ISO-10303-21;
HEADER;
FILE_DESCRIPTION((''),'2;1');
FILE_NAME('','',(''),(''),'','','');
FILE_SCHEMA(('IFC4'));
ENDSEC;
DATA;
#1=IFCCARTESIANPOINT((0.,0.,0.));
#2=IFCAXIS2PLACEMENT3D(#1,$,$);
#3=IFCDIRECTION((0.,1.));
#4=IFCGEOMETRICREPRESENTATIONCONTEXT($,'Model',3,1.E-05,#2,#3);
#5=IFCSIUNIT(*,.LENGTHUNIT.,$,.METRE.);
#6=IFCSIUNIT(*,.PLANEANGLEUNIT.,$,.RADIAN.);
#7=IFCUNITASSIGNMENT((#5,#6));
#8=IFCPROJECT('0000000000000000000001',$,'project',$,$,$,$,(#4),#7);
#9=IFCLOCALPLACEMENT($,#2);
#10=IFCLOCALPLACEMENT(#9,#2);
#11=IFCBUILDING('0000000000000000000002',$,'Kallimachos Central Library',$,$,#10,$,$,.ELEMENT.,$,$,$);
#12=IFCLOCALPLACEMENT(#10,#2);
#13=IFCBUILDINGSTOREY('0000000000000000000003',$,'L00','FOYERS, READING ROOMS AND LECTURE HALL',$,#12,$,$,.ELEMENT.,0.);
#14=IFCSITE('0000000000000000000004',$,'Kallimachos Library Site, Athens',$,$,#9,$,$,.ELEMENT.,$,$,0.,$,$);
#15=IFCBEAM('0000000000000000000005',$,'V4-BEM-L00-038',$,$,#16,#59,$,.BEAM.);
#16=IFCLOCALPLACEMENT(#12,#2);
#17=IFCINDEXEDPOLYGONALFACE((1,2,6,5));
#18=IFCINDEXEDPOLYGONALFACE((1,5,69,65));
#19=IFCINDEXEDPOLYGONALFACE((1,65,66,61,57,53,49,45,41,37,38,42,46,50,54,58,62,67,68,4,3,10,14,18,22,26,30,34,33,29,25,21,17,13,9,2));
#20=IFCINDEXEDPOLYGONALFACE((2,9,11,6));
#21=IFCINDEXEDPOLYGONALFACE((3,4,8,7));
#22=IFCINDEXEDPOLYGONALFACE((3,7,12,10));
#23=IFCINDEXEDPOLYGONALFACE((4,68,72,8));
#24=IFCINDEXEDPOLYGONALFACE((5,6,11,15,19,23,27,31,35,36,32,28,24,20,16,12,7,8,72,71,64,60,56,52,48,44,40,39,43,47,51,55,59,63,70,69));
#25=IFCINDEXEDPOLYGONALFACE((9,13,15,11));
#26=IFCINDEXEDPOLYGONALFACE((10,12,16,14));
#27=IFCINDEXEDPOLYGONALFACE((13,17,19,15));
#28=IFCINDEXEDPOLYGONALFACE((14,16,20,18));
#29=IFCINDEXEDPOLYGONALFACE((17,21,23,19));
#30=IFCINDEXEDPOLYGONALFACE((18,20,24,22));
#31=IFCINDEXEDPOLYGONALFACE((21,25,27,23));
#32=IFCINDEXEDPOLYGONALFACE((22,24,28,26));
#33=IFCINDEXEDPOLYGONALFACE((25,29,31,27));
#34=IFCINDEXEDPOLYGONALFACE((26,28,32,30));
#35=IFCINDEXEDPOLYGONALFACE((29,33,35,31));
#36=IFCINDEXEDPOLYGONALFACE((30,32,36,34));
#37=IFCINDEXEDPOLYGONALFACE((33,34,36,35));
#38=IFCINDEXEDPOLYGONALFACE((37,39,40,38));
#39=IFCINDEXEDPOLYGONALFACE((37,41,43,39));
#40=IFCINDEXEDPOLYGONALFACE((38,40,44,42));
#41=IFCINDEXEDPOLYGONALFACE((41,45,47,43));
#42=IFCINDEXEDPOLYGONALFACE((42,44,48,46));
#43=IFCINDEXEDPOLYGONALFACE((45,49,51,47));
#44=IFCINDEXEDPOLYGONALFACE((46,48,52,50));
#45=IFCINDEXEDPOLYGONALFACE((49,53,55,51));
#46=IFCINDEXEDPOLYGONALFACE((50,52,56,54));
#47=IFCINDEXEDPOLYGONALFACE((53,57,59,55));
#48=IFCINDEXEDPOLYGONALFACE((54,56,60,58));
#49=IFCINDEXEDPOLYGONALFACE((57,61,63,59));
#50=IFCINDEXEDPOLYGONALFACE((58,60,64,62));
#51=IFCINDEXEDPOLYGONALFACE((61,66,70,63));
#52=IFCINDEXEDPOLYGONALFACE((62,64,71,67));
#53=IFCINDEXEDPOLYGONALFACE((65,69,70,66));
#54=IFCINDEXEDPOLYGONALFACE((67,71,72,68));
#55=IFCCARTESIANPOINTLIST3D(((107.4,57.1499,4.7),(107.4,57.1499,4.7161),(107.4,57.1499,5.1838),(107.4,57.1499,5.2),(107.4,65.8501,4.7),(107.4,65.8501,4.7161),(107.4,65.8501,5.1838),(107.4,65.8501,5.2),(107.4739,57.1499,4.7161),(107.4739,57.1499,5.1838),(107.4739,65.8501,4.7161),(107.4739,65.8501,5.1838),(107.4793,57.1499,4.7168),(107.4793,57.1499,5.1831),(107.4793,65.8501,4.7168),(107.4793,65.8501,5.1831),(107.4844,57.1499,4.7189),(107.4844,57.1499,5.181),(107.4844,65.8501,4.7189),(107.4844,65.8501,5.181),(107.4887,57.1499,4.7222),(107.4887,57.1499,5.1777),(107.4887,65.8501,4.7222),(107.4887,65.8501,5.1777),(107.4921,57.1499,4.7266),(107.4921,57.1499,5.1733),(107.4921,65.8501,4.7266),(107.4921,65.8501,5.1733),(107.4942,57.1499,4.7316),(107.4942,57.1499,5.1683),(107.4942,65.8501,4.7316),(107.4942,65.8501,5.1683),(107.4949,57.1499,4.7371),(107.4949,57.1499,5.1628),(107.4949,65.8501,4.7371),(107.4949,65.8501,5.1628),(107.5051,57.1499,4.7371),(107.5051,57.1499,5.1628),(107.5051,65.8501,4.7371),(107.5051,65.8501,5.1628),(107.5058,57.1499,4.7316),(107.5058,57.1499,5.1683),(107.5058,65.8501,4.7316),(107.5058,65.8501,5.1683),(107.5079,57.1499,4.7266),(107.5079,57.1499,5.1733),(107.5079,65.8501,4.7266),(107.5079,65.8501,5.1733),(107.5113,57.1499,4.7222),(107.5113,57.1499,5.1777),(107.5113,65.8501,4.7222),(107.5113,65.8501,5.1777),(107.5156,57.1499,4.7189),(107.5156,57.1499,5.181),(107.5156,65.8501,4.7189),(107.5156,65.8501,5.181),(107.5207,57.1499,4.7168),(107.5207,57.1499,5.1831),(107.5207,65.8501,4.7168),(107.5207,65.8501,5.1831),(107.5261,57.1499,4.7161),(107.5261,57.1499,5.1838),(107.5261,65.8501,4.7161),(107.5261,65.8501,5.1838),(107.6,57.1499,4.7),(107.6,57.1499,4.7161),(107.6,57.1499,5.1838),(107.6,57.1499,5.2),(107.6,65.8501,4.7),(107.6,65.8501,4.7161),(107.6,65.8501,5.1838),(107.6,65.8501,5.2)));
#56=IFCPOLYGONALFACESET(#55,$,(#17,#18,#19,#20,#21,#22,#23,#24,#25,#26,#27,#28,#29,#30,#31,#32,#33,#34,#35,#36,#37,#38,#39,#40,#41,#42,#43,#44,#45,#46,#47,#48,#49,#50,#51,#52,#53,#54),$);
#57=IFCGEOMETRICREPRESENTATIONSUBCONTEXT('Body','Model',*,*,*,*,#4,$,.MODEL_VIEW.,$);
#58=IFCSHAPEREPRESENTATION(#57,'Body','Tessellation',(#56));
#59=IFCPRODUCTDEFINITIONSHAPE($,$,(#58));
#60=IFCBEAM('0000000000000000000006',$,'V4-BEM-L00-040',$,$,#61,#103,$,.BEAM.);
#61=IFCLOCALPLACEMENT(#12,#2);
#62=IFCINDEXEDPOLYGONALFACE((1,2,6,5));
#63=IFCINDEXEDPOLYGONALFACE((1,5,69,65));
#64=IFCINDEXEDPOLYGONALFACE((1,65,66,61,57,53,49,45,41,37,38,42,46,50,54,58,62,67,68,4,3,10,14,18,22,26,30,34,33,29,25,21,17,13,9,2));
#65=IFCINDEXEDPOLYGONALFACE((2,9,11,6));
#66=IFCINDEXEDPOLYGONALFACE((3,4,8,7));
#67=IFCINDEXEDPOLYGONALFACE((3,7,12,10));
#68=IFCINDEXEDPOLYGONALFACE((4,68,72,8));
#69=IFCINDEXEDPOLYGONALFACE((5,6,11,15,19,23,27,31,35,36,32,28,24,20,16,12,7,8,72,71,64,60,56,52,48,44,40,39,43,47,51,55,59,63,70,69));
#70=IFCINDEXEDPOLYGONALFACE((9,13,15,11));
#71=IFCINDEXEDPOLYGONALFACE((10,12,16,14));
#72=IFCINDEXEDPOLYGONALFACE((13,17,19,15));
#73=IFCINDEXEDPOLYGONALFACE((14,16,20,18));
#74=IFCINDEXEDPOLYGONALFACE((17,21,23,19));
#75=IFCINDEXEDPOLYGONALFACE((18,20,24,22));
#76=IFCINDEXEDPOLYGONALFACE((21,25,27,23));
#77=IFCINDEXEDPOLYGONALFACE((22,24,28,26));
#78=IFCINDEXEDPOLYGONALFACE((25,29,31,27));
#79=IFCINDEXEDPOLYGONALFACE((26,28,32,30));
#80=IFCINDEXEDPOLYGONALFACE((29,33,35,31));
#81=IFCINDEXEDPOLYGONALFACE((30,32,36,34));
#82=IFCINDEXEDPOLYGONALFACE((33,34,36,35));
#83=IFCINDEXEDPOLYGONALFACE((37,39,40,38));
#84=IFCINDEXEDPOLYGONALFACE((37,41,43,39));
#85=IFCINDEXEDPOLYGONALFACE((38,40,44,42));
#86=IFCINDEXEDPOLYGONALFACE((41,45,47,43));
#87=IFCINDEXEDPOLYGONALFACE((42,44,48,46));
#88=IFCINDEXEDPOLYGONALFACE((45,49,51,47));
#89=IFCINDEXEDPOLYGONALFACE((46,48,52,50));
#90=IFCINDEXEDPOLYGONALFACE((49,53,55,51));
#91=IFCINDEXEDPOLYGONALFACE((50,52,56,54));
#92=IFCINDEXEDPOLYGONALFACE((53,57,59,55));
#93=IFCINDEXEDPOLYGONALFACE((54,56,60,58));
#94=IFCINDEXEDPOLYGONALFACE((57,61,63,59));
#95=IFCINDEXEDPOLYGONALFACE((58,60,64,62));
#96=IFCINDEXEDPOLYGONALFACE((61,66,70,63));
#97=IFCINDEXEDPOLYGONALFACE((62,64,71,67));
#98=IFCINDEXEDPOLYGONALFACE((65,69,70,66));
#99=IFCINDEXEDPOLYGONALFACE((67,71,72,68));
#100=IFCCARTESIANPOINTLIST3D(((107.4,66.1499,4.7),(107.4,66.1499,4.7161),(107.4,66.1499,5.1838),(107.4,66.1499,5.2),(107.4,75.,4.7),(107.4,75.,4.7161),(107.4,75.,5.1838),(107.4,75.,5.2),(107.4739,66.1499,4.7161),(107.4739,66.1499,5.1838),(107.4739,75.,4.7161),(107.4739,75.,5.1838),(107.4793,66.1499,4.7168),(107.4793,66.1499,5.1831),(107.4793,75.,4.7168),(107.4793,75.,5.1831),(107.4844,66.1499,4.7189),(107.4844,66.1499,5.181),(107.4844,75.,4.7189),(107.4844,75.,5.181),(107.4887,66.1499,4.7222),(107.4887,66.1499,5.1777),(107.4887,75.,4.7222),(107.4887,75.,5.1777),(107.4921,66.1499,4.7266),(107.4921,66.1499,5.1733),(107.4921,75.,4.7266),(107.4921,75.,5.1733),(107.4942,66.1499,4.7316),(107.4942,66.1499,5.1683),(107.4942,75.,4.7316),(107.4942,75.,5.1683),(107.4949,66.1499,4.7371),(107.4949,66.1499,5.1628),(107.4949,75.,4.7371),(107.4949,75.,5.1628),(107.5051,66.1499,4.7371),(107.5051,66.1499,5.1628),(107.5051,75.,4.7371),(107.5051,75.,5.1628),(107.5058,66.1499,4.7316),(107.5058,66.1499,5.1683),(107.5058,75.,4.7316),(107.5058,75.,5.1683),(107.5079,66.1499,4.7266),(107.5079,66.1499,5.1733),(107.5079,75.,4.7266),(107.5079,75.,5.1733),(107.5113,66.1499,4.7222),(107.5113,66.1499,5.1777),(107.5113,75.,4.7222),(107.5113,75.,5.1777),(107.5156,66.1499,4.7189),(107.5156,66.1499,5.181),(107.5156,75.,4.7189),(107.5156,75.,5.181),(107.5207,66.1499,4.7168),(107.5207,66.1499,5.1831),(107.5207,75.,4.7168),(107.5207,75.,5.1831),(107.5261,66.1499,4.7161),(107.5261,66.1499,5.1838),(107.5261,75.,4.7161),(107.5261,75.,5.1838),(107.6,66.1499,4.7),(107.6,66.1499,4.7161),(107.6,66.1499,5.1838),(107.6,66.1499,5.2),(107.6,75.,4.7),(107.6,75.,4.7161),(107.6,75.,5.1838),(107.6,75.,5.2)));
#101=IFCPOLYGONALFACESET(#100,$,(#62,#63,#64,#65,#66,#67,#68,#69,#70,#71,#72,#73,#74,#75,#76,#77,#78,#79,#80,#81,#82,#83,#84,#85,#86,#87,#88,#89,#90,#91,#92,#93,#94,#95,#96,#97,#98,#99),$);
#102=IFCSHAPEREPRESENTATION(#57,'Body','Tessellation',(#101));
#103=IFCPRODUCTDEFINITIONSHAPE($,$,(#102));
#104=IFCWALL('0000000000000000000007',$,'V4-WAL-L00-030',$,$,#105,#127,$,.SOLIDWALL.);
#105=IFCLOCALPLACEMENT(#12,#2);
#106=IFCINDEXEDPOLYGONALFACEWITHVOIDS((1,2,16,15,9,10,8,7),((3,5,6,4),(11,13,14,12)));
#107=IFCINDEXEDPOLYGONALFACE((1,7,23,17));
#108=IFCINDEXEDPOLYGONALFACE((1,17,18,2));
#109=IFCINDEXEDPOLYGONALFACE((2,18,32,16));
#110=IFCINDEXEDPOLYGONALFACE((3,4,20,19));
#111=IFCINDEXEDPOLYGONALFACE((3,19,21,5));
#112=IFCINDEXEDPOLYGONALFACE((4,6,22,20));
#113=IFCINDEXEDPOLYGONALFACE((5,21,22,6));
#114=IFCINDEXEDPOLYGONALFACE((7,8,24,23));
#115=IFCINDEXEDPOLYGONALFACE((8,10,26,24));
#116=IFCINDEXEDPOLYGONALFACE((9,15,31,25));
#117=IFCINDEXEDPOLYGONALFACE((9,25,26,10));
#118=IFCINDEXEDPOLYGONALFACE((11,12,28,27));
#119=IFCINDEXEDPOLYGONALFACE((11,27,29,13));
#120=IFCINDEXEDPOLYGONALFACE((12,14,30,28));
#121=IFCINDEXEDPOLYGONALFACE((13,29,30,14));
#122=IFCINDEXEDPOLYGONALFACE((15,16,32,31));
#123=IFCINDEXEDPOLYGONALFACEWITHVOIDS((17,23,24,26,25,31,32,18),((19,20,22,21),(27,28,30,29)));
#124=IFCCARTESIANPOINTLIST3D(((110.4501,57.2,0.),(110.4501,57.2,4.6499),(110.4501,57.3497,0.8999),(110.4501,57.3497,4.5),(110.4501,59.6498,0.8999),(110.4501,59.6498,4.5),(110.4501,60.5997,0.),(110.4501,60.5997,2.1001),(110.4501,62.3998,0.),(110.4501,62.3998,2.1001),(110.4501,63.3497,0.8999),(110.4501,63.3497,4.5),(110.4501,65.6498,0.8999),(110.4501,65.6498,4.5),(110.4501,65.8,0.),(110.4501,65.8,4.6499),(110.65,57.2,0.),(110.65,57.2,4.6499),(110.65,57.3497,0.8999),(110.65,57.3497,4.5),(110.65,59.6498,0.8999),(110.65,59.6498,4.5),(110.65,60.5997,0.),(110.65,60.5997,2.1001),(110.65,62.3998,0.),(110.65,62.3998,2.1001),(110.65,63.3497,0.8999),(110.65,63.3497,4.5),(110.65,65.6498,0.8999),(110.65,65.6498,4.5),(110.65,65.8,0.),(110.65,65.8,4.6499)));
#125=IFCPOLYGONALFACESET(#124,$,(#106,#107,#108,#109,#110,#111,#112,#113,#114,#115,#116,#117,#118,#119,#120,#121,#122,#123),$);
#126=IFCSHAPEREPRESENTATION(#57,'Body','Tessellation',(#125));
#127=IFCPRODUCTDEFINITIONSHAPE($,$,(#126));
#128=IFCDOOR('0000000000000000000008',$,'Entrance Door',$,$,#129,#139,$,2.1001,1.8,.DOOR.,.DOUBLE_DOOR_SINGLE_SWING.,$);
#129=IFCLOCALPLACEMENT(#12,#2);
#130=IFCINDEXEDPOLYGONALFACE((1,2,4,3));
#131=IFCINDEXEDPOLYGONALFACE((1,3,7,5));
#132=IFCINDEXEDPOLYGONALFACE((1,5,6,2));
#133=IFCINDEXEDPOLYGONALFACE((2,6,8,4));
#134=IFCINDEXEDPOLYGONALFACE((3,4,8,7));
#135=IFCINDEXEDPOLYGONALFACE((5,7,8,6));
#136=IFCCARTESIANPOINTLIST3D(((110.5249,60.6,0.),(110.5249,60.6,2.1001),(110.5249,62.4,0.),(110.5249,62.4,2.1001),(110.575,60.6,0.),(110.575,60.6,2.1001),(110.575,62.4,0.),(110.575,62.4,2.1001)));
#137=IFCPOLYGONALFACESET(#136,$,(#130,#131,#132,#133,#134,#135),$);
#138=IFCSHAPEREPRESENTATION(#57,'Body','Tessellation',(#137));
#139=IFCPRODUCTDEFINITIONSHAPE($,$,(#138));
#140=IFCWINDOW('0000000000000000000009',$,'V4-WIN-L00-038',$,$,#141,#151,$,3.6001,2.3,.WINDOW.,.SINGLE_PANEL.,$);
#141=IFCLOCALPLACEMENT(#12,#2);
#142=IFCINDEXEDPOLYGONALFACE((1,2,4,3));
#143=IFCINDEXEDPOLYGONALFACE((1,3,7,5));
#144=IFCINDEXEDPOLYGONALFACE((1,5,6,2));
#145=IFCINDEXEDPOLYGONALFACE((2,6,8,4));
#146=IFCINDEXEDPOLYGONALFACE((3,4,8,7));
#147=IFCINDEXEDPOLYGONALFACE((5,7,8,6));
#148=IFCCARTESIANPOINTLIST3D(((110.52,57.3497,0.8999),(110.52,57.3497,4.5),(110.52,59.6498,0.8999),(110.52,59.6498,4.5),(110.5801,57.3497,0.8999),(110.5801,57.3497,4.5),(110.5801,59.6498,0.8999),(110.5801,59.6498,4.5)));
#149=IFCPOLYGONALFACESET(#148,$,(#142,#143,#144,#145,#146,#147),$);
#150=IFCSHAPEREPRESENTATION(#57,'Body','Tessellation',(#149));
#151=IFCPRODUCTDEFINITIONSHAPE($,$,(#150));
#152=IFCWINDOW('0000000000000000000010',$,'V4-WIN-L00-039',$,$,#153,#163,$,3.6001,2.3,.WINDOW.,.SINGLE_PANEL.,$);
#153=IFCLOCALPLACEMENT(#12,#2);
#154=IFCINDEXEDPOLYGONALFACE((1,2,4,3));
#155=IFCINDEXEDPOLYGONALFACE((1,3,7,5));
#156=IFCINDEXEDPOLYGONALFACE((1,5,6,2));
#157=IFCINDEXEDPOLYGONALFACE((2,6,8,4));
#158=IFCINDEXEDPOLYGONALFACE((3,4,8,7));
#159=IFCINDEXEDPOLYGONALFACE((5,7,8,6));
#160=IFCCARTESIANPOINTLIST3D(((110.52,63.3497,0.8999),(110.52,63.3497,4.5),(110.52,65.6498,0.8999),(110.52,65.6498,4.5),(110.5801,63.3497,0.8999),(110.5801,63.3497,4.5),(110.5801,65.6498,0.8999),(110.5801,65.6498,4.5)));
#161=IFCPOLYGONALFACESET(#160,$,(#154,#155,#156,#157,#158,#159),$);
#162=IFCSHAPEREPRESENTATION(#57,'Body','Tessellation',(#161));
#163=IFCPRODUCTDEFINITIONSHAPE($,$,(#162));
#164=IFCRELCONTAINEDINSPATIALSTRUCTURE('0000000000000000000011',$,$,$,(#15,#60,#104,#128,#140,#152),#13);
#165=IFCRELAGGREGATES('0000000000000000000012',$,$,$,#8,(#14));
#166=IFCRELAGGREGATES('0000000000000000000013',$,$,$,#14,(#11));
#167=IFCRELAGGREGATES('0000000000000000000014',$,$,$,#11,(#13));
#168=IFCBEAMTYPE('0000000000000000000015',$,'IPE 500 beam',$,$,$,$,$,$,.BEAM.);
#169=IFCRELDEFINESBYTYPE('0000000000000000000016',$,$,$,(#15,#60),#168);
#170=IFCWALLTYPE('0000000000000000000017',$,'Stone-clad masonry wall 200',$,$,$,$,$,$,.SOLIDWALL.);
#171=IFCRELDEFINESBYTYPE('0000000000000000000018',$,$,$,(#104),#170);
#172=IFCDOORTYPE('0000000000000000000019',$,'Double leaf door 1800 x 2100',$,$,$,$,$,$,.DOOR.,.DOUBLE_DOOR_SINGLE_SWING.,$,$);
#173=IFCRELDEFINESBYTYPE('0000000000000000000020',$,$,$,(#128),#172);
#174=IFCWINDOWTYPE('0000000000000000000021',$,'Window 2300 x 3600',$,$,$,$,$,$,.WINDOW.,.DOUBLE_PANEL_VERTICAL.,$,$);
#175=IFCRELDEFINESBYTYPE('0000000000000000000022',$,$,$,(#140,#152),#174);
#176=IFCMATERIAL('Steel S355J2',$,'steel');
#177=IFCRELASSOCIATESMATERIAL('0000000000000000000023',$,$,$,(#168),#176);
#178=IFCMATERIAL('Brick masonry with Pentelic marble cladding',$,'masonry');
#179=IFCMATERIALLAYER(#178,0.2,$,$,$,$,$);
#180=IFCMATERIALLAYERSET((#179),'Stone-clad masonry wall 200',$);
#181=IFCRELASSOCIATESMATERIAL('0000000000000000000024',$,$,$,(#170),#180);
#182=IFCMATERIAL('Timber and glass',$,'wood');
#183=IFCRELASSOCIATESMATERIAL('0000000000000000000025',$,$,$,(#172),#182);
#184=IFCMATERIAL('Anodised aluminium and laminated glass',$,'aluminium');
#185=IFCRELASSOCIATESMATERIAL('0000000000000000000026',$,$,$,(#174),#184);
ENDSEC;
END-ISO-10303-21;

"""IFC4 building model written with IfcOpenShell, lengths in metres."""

from ifc_helpers import new_model, si_unit, direction, frame, frame_2d, origin, origin_2d, place, context, subcontext, project, spatial, rectangle, i_section, extrude, material, layer, layer_set, material_profile, profile_set, type_object, element, fill, save


model = new_model("IFC4")

# Units and contexts
model_context = context("Model", 3, precision=1e-05, world=origin(), true_north=direction((0.0, 1.0)))
body_context = subcontext(model_context, "Body", "Model", "MODEL_VIEW")
ifc_project = project(units=[si_unit("LENGTHUNIT", "METRE"), si_unit("PLANEANGLEUNIT", "RADIAN")], contexts=[model_context])

# Site, building, storey
site_placement = place(None, origin())
site = spatial("IfcSite", under=ifc_project, at=site_placement, Name="Kallimachos Library Site, Athens", CompositionType="ELEMENT", RefElevation=0.0)
building_placement = place(site_placement, origin())
building = spatial("IfcBuilding", under=site, at=building_placement, Name="Kallimachos Central Library", CompositionType="ELEMENT")
storey_placement = place(building_placement, origin())
storey = spatial("IfcBuildingStorey", under=building, at=storey_placement, Name="L00", Description="FOYERS, READING ROOMS AND LECTURE HALL", CompositionType="ELEMENT", Elevation=0.0)

# Beams
ifc_material_1 = material(Name="Steel S355J2", Category="steel")
ifc_material_profile_1 = material_profile(ifc_material_1, i_section(OverallWidth=0.2, OverallDepth=0.5, WebThickness=0.0103, FlangeThickness=0.0161, FilletRadius=0.021, at=origin_2d()), Name="IPE 500")
ifc_profile_set_1 = profile_set([ifc_material_profile_1], Name="Steel S355J2")
beam_type_1 = type_object("IfcBeamType", Name="IPE 500 beam", PredefinedType="BEAM", material=ifc_profile_set_1)
beam_1_placement = place(storey_placement, frame((107.5, 57.1499, 4.95), z_axis=(0.0, 1.0, 0.0), x_axis=(-1.0, 0.0, 0.0)))
element("IfcBeam", 1, at=beam_1_placement, inside=storey, type_object=beam_type_1, Name="V4-BEM-L00-038", PredefinedType="BEAM", context=body_context, shape_type="SweptSolid", body=[
    extrude(i_section(OverallWidth=0.2, OverallDepth=0.5, WebThickness=0.0103, FlangeThickness=0.0161, FilletRadius=0.021, at=origin_2d()), origin(), (0.0, 0.0, 1.0), 8.7002),
])
beam_2_placement = place(storey_placement, frame((107.5, 66.1499, 4.95), z_axis=(0.0, 1.0, 0.0), x_axis=(-1.0, 0.0, 0.0)))
element("IfcBeam", 2, at=beam_2_placement, inside=storey, type_object=beam_type_1, Name="V4-BEM-L00-040", PredefinedType="BEAM", context=body_context, shape_type="SweptSolid", body=[
    extrude(i_section(OverallWidth=0.2, OverallDepth=0.5, WebThickness=0.0103, FlangeThickness=0.0161, FilletRadius=0.021, at=origin_2d()), origin(), (0.0, 0.0, 1.0), 8.8501),
])

# Wall, openings, door, windows
ifc_material_2 = material(Name="Brick masonry with Pentelic marble cladding", Category="masonry")
ifc_layer_1 = layer(ifc_material_2, 0.2)
ifc_layer_set_1 = layer_set([ifc_layer_1], Name="Stone-clad masonry wall 200")
wall_type = type_object("IfcWallType", Name="Stone-clad masonry wall 200", PredefinedType="SOLIDWALL", material=ifc_layer_set_1)
wall_placement = place(storey_placement, frame((110.55, 57.2, 0.0), z_axis=(0.0, 0.0, 1.0), x_axis=(0.0, 1.0, 0.0)))
wall = element("IfcWall", 3, at=wall_placement, inside=storey, type_object=wall_type, Name="V4-WAL-L00-030", PredefinedType="SOLIDWALL", context=body_context, shape_type="SweptSolid", body=[
    extrude(rectangle(XDim=8.6001, YDim=0.2, at=frame_2d((4.3, 0.0))), origin(), (0.0, 0.0, 1.0), 4.6499),
])
opening_1_placement = place(wall_placement, frame((3.3999, 0.0, 0.0)))
opening_1 = element("IfcOpeningElement", 4, at=opening_1_placement, cuts=wall, PredefinedType="OPENING", context=body_context, shape_type="SweptSolid", body=[
    extrude(rectangle(XDim=1.8, YDim=2.1001, at=frame_2d((0.8999, 1.05))), frame((0.0, 0.1099, 0.0), z_axis=(0.0, -1.0, 0.0), x_axis=(1.0, 0.0, 0.0)), (0.0, 0.0, 1.0), 0.22),
])
opening_2_placement = place(wall_placement, frame((0.1499, 0.0, 0.8999)))
opening_2 = element("IfcOpeningElement", 5, at=opening_2_placement, cuts=wall, PredefinedType="OPENING", context=body_context, shape_type="SweptSolid", body=[
    extrude(rectangle(XDim=2.3, YDim=3.6001, at=frame_2d((1.1499, 1.8))), frame((0.0, 0.1099, 0.0), z_axis=(0.0, -1.0, 0.0), x_axis=(1.0, 0.0, 0.0)), (0.0, 0.0, 1.0), 0.22),
])
opening_3_placement = place(wall_placement, frame((6.1499, 0.0, 0.8999)))
opening_3 = element("IfcOpeningElement", 6, at=opening_3_placement, cuts=wall, PredefinedType="OPENING", context=body_context, shape_type="SweptSolid", body=[
    extrude(rectangle(XDim=2.3, YDim=3.6001, at=frame_2d((1.1499, 1.8))), frame((0.0, 0.1099, 0.0), z_axis=(0.0, -1.0, 0.0), x_axis=(1.0, 0.0, 0.0)), (0.0, 0.0, 1.0), 0.22),
])
ifc_material_3 = material(Name="Timber and glass", Category="wood")
door_type = type_object("IfcDoorType", Name="Double leaf door 1800 x 2100", OperationType="DOUBLE_DOOR_SINGLE_SWING", PredefinedType="DOOR", material=ifc_material_3)
door_placement = place(opening_1_placement, frame((1.8, 0.0, 0.0), z_axis=(0.0, 0.0, 1.0), x_axis=(-1.0, 0.0, 0.0)))
door = element("IfcDoor", 7, at=door_placement, inside=storey, type_object=door_type, Name="Entrance Door", OperationType="DOUBLE_DOOR_SINGLE_SWING", OverallHeight=2.1001, OverallWidth=1.8, PredefinedType="DOOR", context=body_context, shape_type="SweptSolid", body=[
    extrude(rectangle(XDim=1.8, YDim=2.1001, at=frame_2d((0.8999, 1.05))), frame((0.0, 0.0249, 0.0), z_axis=(0.0, -1.0, 0.0), x_axis=(1.0, 0.0, 0.0)), (0.0, 0.0, 1.0), 0.05),
])
fill(opening_1, door)
ifc_material_4 = material(Name="Anodised aluminium and laminated glass", Category="aluminium")
window_type = type_object("IfcWindowType", Name="Window 2300 x 3600", PartitioningType="DOUBLE_PANEL_VERTICAL", PredefinedType="WINDOW", material=ifc_material_4)
window_1_placement = place(opening_2_placement, origin())
window_1 = element("IfcWindow", 8, at=window_1_placement, inside=storey, type_object=window_type, Name="V4-WIN-L00-038", OverallHeight=3.6001, OverallWidth=2.3, PartitioningType="SINGLE_PANEL", PredefinedType="WINDOW", context=body_context, shape_type="SweptSolid", body=[
    extrude(rectangle(XDim=2.3, YDim=3.6001, at=frame_2d((1.1499, 1.8))), frame((0.0, 0.03, 0.0), z_axis=(0.0, -1.0, 0.0), x_axis=(1.0, 0.0, 0.0)), (0.0, 0.0, 1.0), 0.0601),
])
fill(opening_2, window_1)
window_2_placement = place(opening_3_placement, origin())
window_2 = element("IfcWindow", 9, at=window_2_placement, inside=storey, type_object=window_type, Name="V4-WIN-L00-039", OverallHeight=3.6001, OverallWidth=2.3, PartitioningType="SINGLE_PANEL", PredefinedType="WINDOW", context=body_context, shape_type="SweptSolid", body=[
    extrude(rectangle(XDim=2.3, YDim=3.6001, at=frame_2d((1.1499, 1.8))), frame((0.0, 0.03, 0.0), z_axis=(0.0, -1.0, 0.0), x_axis=(1.0, 0.0, 0.0)), (0.0, 0.0, 1.0), 0.0601),
])
fill(opening_3, window_2)

save(model, "model.ifc")
